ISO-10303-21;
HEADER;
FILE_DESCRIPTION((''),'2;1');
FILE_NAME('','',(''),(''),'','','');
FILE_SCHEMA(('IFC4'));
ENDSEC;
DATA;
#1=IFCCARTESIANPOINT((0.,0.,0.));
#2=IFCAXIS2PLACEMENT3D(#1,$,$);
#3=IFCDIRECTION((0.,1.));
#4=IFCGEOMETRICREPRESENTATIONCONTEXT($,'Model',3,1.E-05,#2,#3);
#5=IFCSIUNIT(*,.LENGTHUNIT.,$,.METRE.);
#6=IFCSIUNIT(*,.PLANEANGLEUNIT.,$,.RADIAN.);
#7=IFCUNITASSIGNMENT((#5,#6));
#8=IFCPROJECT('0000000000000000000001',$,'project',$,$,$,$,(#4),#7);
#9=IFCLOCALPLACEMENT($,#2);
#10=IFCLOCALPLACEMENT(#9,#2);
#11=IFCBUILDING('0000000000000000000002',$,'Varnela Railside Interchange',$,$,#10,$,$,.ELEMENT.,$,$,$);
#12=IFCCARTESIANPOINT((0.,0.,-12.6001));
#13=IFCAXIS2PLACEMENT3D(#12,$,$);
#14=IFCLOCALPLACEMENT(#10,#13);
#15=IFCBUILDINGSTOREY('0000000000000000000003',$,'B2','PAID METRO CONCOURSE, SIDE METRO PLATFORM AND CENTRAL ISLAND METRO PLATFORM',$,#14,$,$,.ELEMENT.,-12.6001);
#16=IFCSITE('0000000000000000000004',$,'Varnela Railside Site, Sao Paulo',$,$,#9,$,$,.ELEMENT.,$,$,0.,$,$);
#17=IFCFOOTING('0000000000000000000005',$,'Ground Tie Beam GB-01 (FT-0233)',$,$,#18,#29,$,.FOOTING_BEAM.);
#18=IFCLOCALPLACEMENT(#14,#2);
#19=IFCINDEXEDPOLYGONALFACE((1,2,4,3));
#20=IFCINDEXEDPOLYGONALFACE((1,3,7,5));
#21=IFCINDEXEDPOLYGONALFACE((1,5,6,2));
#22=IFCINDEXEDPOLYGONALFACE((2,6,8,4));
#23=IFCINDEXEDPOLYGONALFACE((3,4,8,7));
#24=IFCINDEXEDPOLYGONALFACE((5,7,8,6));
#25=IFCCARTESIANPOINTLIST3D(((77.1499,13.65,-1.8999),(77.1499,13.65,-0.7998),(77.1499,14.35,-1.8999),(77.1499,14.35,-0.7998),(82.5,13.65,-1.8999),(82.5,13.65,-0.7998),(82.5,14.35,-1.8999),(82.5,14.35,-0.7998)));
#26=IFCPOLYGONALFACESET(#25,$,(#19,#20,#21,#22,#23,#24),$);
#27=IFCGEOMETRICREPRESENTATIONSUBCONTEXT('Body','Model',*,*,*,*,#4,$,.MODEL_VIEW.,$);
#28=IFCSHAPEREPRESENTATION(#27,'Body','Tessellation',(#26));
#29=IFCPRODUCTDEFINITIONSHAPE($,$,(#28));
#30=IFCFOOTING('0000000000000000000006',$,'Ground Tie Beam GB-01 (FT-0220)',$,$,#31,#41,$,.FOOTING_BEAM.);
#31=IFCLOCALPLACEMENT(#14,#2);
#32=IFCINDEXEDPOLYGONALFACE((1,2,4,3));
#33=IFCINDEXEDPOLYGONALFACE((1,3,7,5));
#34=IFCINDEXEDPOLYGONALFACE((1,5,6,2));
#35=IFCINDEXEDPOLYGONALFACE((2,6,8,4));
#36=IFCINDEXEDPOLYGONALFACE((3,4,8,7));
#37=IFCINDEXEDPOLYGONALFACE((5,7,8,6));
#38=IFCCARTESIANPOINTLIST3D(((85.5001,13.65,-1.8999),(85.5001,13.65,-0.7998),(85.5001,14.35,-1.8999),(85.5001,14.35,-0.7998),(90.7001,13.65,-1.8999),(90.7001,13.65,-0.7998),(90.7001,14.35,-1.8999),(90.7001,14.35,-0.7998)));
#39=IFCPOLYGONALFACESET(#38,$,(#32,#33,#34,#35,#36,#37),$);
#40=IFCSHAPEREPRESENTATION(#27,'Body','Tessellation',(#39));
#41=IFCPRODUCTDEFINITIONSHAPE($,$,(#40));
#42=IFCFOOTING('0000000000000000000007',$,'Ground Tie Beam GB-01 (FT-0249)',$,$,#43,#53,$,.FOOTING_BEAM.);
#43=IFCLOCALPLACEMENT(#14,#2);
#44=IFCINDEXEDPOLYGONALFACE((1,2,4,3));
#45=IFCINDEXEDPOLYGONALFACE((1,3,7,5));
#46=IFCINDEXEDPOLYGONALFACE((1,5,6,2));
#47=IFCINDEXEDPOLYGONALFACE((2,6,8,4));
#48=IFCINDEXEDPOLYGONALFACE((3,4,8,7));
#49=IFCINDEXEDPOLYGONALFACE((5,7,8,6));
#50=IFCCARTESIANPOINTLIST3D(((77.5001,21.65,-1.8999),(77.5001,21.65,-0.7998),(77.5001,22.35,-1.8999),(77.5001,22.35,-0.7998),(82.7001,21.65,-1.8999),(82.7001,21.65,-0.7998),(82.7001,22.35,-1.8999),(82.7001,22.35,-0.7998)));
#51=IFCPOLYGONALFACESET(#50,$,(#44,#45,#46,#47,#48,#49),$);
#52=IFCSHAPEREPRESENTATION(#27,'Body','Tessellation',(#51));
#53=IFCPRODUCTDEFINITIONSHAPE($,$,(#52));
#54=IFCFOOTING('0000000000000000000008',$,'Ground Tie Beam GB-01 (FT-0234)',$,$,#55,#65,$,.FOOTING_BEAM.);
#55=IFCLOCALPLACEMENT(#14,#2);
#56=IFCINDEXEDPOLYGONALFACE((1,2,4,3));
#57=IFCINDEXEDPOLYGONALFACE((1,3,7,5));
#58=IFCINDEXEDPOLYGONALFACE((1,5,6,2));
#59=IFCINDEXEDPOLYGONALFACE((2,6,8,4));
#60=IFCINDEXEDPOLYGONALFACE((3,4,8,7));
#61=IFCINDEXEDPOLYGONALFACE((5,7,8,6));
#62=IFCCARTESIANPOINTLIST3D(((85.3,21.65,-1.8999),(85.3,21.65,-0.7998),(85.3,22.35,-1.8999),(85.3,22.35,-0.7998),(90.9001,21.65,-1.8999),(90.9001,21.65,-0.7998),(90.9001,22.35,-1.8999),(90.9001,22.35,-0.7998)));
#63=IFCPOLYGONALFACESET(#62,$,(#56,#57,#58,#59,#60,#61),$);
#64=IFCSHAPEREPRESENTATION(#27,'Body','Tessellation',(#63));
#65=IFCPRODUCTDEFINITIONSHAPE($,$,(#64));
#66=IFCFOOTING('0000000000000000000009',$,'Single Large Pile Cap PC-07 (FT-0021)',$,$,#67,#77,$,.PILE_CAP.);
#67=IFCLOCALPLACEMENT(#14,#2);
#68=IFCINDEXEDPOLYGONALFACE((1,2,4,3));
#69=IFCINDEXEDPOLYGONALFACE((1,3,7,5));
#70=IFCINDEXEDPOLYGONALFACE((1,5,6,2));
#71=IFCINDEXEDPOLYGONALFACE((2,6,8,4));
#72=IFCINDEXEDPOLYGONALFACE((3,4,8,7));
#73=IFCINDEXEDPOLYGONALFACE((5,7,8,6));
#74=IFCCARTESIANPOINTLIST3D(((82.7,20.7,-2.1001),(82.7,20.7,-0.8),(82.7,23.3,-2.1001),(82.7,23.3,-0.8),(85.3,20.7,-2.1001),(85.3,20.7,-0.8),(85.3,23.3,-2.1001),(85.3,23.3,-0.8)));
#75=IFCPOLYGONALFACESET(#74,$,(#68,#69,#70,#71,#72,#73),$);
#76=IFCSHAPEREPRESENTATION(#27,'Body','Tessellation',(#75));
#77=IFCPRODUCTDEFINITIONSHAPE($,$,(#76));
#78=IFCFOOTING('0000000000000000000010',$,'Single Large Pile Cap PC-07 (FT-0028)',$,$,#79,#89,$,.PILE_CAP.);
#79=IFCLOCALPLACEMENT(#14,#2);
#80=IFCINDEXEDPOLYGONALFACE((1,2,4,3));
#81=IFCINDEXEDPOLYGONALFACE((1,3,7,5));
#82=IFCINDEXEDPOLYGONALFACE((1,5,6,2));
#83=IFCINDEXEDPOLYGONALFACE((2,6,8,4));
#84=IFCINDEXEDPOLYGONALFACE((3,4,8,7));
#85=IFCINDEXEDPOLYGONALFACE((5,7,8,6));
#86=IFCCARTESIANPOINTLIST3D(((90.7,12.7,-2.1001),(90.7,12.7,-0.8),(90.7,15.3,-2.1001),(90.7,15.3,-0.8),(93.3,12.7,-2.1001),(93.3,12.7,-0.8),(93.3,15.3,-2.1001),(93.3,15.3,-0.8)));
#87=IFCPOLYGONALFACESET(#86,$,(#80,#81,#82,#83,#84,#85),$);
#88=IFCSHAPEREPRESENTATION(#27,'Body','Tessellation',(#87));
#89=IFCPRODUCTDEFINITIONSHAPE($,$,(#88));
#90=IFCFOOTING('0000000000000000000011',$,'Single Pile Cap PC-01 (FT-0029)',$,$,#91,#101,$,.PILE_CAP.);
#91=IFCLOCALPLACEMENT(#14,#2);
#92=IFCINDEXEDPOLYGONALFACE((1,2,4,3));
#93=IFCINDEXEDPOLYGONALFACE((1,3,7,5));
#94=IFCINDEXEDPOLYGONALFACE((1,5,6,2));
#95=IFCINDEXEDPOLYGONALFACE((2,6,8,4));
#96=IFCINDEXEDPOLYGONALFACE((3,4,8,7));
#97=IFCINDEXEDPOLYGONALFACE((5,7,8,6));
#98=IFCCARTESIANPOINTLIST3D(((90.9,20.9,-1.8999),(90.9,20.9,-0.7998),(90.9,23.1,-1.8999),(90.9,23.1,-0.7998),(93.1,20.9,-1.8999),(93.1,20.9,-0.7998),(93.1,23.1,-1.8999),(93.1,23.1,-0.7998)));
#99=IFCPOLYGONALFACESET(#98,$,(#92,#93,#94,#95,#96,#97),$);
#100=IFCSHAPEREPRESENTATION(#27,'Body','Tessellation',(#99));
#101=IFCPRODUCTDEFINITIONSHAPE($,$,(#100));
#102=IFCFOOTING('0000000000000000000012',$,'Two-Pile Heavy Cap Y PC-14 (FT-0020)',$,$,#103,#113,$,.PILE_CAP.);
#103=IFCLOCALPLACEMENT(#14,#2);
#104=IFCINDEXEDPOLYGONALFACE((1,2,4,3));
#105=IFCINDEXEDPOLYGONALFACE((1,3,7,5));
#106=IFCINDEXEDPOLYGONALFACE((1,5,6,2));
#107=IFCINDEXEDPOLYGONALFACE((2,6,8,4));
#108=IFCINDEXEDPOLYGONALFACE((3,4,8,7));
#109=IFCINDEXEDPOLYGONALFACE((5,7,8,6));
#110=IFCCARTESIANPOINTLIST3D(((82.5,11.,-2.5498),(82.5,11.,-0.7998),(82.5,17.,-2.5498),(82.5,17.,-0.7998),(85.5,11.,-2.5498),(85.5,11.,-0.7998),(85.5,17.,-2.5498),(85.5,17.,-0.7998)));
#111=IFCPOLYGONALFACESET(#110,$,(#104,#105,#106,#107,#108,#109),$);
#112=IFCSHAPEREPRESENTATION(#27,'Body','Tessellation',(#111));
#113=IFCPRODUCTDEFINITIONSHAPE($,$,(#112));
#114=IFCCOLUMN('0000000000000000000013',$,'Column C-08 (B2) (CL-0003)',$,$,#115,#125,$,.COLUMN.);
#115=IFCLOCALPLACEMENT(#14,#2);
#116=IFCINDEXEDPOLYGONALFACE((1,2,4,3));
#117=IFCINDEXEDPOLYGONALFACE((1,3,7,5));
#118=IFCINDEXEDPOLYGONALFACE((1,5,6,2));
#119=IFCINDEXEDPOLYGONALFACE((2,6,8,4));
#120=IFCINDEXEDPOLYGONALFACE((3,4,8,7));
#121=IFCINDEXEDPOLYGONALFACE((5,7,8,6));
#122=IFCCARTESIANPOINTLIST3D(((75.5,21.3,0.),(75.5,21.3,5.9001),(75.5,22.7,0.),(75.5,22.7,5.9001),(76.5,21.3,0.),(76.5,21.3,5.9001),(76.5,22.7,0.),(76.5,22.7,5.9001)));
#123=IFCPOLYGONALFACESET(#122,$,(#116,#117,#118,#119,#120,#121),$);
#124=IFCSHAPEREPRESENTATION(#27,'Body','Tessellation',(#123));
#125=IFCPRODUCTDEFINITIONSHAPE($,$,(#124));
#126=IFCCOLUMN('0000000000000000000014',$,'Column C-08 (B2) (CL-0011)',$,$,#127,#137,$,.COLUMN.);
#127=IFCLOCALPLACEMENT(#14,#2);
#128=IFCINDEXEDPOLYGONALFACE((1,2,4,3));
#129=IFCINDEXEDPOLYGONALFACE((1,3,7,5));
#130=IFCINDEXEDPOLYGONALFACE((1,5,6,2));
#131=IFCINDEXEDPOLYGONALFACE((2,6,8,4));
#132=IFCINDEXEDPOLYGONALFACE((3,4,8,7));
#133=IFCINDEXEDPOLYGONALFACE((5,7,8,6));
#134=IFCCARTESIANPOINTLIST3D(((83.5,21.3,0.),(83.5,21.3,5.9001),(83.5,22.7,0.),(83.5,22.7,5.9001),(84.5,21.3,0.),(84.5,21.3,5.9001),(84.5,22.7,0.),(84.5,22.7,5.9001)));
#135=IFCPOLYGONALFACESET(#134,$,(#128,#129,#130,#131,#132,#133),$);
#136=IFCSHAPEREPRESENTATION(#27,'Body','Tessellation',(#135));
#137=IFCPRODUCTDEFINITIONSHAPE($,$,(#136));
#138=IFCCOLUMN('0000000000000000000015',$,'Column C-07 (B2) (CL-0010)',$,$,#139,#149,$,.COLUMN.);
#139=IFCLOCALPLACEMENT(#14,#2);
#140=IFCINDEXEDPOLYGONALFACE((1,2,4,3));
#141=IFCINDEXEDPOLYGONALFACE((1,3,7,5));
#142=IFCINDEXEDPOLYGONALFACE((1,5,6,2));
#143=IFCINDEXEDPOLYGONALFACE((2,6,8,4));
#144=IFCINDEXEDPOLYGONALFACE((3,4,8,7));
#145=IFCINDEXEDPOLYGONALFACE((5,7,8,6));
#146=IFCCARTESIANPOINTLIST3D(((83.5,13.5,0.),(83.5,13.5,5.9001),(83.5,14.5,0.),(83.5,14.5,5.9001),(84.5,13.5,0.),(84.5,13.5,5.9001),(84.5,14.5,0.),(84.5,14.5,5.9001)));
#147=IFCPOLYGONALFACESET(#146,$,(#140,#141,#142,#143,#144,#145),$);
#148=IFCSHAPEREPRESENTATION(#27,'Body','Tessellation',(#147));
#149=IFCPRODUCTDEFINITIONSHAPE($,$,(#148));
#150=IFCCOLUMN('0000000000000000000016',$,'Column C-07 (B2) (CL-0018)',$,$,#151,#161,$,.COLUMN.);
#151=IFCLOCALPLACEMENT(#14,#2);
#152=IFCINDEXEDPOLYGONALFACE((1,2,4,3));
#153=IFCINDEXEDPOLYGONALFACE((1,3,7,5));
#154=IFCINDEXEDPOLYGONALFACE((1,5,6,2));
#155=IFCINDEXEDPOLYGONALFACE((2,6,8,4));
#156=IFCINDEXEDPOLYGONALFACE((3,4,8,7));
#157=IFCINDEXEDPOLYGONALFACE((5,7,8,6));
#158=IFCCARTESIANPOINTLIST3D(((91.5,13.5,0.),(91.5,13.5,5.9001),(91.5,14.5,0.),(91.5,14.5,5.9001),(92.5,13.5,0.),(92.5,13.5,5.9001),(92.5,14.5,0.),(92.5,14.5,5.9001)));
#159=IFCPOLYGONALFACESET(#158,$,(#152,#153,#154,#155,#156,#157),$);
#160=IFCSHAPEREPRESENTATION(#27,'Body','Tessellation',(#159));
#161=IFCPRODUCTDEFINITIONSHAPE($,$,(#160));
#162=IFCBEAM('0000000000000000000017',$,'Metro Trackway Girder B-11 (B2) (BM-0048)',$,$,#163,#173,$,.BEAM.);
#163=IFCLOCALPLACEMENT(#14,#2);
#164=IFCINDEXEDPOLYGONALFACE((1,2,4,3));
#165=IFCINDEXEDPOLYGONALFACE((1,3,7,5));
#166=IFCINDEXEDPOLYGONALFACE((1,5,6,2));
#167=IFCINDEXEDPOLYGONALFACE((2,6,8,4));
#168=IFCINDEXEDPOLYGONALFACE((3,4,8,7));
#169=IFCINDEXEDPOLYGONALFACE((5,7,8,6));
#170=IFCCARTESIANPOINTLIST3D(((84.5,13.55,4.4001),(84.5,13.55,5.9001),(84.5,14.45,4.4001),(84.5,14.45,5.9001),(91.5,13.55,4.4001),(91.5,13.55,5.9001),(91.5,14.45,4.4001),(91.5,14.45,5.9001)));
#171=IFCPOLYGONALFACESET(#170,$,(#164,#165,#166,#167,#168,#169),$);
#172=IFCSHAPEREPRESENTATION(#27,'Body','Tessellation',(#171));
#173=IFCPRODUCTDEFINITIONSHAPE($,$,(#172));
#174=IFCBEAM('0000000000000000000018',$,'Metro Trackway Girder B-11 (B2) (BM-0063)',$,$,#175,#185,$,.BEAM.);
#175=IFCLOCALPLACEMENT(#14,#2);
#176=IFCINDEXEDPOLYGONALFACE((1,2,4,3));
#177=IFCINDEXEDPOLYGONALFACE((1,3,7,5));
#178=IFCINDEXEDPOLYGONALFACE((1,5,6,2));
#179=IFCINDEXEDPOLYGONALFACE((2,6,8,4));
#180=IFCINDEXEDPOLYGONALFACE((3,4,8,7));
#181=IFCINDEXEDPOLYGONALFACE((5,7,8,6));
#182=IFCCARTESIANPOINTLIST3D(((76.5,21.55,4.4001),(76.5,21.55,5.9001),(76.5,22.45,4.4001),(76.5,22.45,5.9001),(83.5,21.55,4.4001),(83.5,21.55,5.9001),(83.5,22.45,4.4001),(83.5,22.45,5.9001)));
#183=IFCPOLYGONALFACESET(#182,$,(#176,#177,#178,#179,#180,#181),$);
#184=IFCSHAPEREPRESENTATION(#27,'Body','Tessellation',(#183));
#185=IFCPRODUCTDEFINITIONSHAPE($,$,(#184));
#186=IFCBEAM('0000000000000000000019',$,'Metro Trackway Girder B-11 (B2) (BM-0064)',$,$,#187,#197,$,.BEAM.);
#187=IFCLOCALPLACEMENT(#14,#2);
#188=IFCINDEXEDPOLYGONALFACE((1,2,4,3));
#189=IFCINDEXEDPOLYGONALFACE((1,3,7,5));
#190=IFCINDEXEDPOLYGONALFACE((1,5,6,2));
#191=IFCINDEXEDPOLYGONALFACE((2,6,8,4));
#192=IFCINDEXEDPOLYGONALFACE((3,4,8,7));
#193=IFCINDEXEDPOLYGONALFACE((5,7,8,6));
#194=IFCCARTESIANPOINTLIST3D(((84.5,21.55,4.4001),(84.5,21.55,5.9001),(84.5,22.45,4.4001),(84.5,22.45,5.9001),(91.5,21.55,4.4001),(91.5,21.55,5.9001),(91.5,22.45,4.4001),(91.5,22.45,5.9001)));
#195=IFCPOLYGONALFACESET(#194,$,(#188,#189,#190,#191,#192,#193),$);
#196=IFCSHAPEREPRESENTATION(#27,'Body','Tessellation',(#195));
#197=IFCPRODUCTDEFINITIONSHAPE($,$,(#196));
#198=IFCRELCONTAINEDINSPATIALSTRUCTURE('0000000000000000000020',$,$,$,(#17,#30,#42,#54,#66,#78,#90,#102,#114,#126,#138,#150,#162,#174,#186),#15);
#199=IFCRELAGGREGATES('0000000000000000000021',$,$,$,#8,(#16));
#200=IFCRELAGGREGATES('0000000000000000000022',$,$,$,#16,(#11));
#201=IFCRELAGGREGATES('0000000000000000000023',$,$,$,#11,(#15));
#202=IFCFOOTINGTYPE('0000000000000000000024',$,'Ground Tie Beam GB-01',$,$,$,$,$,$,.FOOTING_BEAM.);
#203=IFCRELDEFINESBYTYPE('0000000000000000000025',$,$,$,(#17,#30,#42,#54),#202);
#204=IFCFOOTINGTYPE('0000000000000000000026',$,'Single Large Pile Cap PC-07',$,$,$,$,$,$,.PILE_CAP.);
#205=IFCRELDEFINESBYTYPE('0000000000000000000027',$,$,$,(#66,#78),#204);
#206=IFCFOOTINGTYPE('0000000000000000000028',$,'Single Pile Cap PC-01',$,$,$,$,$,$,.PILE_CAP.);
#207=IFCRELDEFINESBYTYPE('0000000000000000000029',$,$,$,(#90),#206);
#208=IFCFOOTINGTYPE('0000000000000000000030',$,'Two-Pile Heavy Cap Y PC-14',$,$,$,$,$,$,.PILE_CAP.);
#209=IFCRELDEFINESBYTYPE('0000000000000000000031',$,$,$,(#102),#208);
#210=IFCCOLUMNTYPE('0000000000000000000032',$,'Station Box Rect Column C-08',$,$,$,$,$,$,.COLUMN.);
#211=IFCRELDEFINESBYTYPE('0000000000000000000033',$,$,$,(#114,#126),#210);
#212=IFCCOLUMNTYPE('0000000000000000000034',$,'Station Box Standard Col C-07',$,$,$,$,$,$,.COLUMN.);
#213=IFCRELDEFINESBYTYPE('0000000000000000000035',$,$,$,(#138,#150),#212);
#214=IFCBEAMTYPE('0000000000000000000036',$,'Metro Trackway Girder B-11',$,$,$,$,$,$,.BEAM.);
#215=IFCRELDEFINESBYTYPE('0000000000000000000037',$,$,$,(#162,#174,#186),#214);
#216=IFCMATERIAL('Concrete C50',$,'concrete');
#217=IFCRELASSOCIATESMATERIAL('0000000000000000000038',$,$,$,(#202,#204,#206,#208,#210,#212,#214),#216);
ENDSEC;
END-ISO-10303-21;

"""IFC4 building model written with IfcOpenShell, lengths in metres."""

from ifc_helpers import new_model, si_unit, direction, frame, origin, origin_2d, place, context, subcontext, project, spatial, rectangle, extrude, material, material_profile, profile_set, type_object, element, save


model = new_model("IFC4")

# Units and contexts
model_context = context("Model", 3, precision=1e-05, world=origin(), true_north=direction((0.0, 1.0)))
body_context = subcontext(model_context, "Body", "Model", "MODEL_VIEW")
ifc_project = project(units=[si_unit("LENGTHUNIT", "METRE"), si_unit("PLANEANGLEUNIT", "RADIAN")], contexts=[model_context])

# Site, building, storey
site_placement = place(None, origin())
site = spatial("IfcSite", under=ifc_project, at=site_placement, Name="Varnela Railside Site, Sao Paulo", CompositionType="ELEMENT", RefElevation=0.0)
building_placement = place(site_placement, origin())
building = spatial("IfcBuilding", under=site, at=building_placement, Name="Varnela Railside Interchange", CompositionType="ELEMENT")
storey_placement = place(building_placement, frame((0.0, 0.0, -12.6001)))
storey = spatial("IfcBuildingStorey", under=building, at=storey_placement, Name="B2", Description="PAID METRO CONCOURSE, SIDE METRO PLATFORM AND CENTRAL ISLAND METRO PLATFORM", CompositionType="ELEMENT", Elevation=-12.6001)

# Footings
ifc_material_1 = material(Name="Concrete C50", Category="concrete")
footing_type_1 = type_object("IfcFootingType", Name="Ground Tie Beam GB-01", PredefinedType="FOOTING_BEAM", material=ifc_material_1)
footing_1_placement = place(storey_placement, frame((79.825, 14.0, -1.8999), z_axis=(0.0, 0.0, 1.0), x_axis=(1.0, 0.0, 0.0)))
element("IfcFooting", 1, at=footing_1_placement, inside=storey, type_object=footing_type_1, Name="Ground Tie Beam GB-01 (FT-0233)", PredefinedType="FOOTING_BEAM", context=body_context, shape_type="SweptSolid", body=[
    extrude(rectangle(XDim=5.3501, YDim=0.7, at=origin_2d()), origin(), (0.0, 0.0, 1.0), 1.1001),
])
for number, where, z_axis, x_axis, name in (
    (2, (88.1001, 14.0, -1.8999), (0.0, 0.0, 1.0), (1.0, 0.0, 0.0), "Ground Tie Beam GB-01 (FT-0220)"),
    (3, (80.1001, 22.0, -1.8999), (0.0, 0.0, 1.0), (1.0, 0.0, 0.0), "Ground Tie Beam GB-01 (FT-0249)"),
):
    element("IfcFooting", number, at=place(storey_placement, frame(where, z_axis=z_axis, x_axis=x_axis)), inside=storey, type_object=footing_type_1, Name=name, PredefinedType="FOOTING_BEAM", context=body_context, shape_type="SweptSolid", body=[
        extrude(rectangle(XDim=5.2, YDim=0.7, at=origin_2d()), origin(), (0.0, 0.0, 1.0), 1.1001),
    ])
footing_2_placement = place(storey_placement, frame((88.1001, 22.0, -1.8999), z_axis=(0.0, 0.0, 1.0), x_axis=(1.0, 0.0, 0.0)))
element("IfcFooting", 4, at=footing_2_placement, inside=storey, type_object=footing_type_1, Name="Ground Tie Beam GB-01 (FT-0234)", PredefinedType="FOOTING_BEAM", context=body_context, shape_type="SweptSolid", body=[
    extrude(rectangle(XDim=5.6001, YDim=0.7, at=origin_2d()), origin(), (0.0, 0.0, 1.0), 1.1001),
])
footing_type_2 = type_object("IfcFootingType", Name="Single Large Pile Cap PC-07", PredefinedType="PILE_CAP", material=ifc_material_1)
for number, where, z_axis, x_axis, name in (
    (5, (84.0, 22.0, -2.1001), (0.0, 0.0, 1.0), (1.0, 0.0, 0.0), "Single Large Pile Cap PC-07 (FT-0021)"),
    (6, (92.0, 14.0, -2.1001), (0.0, 0.0, 1.0), (1.0, 0.0, 0.0), "Single Large Pile Cap PC-07 (FT-0028)"),
):
    element("IfcFooting", number, at=place(storey_placement, frame(where, z_axis=z_axis, x_axis=x_axis)), inside=storey, type_object=footing_type_2, Name=name, PredefinedType="PILE_CAP", context=body_context, shape_type="SweptSolid", body=[
        extrude(rectangle(XDim=2.6001, YDim=2.6001, at=origin_2d()), origin(), (0.0, 0.0, 1.0), 1.3),
    ])
footing_type_3 = type_object("IfcFootingType", Name="Single Pile Cap PC-01", PredefinedType="PILE_CAP", material=ifc_material_1)
footing_3_placement = place(storey_placement, frame((92.0, 22.0, -1.8999), z_axis=(0.0, 0.0, 1.0), x_axis=(1.0, 0.0, 0.0)))
element("IfcFooting", 7, at=footing_3_placement, inside=storey, type_object=footing_type_3, Name="Single Pile Cap PC-01 (FT-0029)", PredefinedType="PILE_CAP", context=body_context, shape_type="SweptSolid", body=[
    extrude(rectangle(XDim=2.2, YDim=2.2, at=origin_2d()), origin(), (0.0, 0.0, 1.0), 1.1001),
])
footing_type_4 = type_object("IfcFootingType", Name="Two-Pile Heavy Cap Y PC-14", PredefinedType="PILE_CAP", material=ifc_material_1)
footing_4_placement = place(storey_placement, frame((84.0, 14.0, -2.5498), z_axis=(0.0, 0.0, 1.0), x_axis=(1.0, 0.0, 0.0)))
element("IfcFooting", 8, at=footing_4_placement, inside=storey, type_object=footing_type_4, Name="Two-Pile Heavy Cap Y PC-14 (FT-0020)", PredefinedType="PILE_CAP", context=body_context, shape_type="SweptSolid", body=[
    extrude(rectangle(XDim=3.0, YDim=6.0, at=origin_2d()), origin(), (0.0, 0.0, 1.0), 1.75),
])

# Columns
ifc_material_profile_1 = material_profile(ifc_material_1, rectangle(XDim=1.0, YDim=1.3999, at=origin_2d()), Name="RC 1000x1400")
ifc_profile_set_1 = profile_set([ifc_material_profile_1], Name="Concrete C50")
column_type_1 = type_object("IfcColumnType", Name="Station Box Rect Column C-08", PredefinedType="COLUMN", material=ifc_profile_set_1)
for number, where, z_axis, x_axis, name in (
    (9, (76.0, 22.0, 0.0), (0.0, 0.0, 1.0), (1.0, 0.0, 0.0), "Column C-08 (B2) (CL-0003)"),
    (10, (84.0, 22.0, 0.0), (0.0, 0.0, 1.0), (1.0, 0.0, 0.0), "Column C-08 (B2) (CL-0011)"),
):
    element("IfcColumn", number, at=place(storey_placement, frame(where, z_axis=z_axis, x_axis=x_axis)), inside=storey, type_object=column_type_1, Name=name, PredefinedType="COLUMN", context=body_context, shape_type="SweptSolid", body=[
        extrude(rectangle(XDim=1.0, YDim=1.3999, at=origin_2d()), origin(), (0.0, 0.0, 1.0), 5.9001),
    ])
ifc_material_profile_2 = material_profile(ifc_material_1, rectangle(XDim=1.0, YDim=1.0, at=origin_2d()), Name="RC 1000x1000")
ifc_profile_set_2 = profile_set([ifc_material_profile_2], Name="Concrete C50")
column_type_2 = type_object("IfcColumnType", Name="Station Box Standard Col C-07", PredefinedType="COLUMN", material=ifc_profile_set_2)
for number, where, z_axis, x_axis, name in (
    (11, (84.0, 14.0, 0.0), (0.0, 0.0, 1.0), (1.0, 0.0, 0.0), "Column C-07 (B2) (CL-0010)"),
    (12, (92.0, 14.0, 0.0), (0.0, 0.0, 1.0), (1.0, 0.0, 0.0), "Column C-07 (B2) (CL-0018)"),
):
    element("IfcColumn", number, at=place(storey_placement, frame(where, z_axis=z_axis, x_axis=x_axis)), inside=storey, type_object=column_type_2, Name=name, PredefinedType="COLUMN", context=body_context, shape_type="SweptSolid", body=[
        extrude(rectangle(XDim=1.0, YDim=1.0, at=origin_2d()), origin(), (0.0, 0.0, 1.0), 5.9001),
    ])

# Beams
ifc_material_profile_3 = material_profile(ifc_material_1, rectangle(XDim=0.8999, YDim=1.5, at=origin_2d()), Name="RC 900x1500")
ifc_profile_set_3 = profile_set([ifc_material_profile_3], Name="Concrete C50")
beam_type_1 = type_object("IfcBeamType", Name="Metro Trackway Girder B-11", PredefinedType="BEAM", material=ifc_profile_set_3)
for number, where, z_axis, x_axis, name in (
    (13, (84.5, 14.0, 5.1501), (1.0, 0.0, 0.0), (0.0, 1.0, 0.0), "Metro Trackway Girder B-11 (B2) (BM-0048)"),
    (14, (76.5, 22.0, 5.1501), (1.0, 0.0, 0.0), (0.0, 1.0, 0.0), "Metro Trackway Girder B-11 (B2) (BM-0063)"),
    (15, (84.5, 22.0, 5.1501), (1.0, 0.0, 0.0), (0.0, 1.0, 0.0), "Metro Trackway Girder B-11 (B2) (BM-0064)"),
):
    element("IfcBeam", number, at=place(storey_placement, frame(where, z_axis=z_axis, x_axis=x_axis)), inside=storey, type_object=beam_type_1, Name=name, PredefinedType="BEAM", context=body_context, shape_type="SweptSolid", body=[
        extrude(rectangle(XDim=0.8999, YDim=1.5, at=origin_2d()), origin(), (0.0, 0.0, 1.0), 7.0),
    ])

save(model, "model.ifc")
